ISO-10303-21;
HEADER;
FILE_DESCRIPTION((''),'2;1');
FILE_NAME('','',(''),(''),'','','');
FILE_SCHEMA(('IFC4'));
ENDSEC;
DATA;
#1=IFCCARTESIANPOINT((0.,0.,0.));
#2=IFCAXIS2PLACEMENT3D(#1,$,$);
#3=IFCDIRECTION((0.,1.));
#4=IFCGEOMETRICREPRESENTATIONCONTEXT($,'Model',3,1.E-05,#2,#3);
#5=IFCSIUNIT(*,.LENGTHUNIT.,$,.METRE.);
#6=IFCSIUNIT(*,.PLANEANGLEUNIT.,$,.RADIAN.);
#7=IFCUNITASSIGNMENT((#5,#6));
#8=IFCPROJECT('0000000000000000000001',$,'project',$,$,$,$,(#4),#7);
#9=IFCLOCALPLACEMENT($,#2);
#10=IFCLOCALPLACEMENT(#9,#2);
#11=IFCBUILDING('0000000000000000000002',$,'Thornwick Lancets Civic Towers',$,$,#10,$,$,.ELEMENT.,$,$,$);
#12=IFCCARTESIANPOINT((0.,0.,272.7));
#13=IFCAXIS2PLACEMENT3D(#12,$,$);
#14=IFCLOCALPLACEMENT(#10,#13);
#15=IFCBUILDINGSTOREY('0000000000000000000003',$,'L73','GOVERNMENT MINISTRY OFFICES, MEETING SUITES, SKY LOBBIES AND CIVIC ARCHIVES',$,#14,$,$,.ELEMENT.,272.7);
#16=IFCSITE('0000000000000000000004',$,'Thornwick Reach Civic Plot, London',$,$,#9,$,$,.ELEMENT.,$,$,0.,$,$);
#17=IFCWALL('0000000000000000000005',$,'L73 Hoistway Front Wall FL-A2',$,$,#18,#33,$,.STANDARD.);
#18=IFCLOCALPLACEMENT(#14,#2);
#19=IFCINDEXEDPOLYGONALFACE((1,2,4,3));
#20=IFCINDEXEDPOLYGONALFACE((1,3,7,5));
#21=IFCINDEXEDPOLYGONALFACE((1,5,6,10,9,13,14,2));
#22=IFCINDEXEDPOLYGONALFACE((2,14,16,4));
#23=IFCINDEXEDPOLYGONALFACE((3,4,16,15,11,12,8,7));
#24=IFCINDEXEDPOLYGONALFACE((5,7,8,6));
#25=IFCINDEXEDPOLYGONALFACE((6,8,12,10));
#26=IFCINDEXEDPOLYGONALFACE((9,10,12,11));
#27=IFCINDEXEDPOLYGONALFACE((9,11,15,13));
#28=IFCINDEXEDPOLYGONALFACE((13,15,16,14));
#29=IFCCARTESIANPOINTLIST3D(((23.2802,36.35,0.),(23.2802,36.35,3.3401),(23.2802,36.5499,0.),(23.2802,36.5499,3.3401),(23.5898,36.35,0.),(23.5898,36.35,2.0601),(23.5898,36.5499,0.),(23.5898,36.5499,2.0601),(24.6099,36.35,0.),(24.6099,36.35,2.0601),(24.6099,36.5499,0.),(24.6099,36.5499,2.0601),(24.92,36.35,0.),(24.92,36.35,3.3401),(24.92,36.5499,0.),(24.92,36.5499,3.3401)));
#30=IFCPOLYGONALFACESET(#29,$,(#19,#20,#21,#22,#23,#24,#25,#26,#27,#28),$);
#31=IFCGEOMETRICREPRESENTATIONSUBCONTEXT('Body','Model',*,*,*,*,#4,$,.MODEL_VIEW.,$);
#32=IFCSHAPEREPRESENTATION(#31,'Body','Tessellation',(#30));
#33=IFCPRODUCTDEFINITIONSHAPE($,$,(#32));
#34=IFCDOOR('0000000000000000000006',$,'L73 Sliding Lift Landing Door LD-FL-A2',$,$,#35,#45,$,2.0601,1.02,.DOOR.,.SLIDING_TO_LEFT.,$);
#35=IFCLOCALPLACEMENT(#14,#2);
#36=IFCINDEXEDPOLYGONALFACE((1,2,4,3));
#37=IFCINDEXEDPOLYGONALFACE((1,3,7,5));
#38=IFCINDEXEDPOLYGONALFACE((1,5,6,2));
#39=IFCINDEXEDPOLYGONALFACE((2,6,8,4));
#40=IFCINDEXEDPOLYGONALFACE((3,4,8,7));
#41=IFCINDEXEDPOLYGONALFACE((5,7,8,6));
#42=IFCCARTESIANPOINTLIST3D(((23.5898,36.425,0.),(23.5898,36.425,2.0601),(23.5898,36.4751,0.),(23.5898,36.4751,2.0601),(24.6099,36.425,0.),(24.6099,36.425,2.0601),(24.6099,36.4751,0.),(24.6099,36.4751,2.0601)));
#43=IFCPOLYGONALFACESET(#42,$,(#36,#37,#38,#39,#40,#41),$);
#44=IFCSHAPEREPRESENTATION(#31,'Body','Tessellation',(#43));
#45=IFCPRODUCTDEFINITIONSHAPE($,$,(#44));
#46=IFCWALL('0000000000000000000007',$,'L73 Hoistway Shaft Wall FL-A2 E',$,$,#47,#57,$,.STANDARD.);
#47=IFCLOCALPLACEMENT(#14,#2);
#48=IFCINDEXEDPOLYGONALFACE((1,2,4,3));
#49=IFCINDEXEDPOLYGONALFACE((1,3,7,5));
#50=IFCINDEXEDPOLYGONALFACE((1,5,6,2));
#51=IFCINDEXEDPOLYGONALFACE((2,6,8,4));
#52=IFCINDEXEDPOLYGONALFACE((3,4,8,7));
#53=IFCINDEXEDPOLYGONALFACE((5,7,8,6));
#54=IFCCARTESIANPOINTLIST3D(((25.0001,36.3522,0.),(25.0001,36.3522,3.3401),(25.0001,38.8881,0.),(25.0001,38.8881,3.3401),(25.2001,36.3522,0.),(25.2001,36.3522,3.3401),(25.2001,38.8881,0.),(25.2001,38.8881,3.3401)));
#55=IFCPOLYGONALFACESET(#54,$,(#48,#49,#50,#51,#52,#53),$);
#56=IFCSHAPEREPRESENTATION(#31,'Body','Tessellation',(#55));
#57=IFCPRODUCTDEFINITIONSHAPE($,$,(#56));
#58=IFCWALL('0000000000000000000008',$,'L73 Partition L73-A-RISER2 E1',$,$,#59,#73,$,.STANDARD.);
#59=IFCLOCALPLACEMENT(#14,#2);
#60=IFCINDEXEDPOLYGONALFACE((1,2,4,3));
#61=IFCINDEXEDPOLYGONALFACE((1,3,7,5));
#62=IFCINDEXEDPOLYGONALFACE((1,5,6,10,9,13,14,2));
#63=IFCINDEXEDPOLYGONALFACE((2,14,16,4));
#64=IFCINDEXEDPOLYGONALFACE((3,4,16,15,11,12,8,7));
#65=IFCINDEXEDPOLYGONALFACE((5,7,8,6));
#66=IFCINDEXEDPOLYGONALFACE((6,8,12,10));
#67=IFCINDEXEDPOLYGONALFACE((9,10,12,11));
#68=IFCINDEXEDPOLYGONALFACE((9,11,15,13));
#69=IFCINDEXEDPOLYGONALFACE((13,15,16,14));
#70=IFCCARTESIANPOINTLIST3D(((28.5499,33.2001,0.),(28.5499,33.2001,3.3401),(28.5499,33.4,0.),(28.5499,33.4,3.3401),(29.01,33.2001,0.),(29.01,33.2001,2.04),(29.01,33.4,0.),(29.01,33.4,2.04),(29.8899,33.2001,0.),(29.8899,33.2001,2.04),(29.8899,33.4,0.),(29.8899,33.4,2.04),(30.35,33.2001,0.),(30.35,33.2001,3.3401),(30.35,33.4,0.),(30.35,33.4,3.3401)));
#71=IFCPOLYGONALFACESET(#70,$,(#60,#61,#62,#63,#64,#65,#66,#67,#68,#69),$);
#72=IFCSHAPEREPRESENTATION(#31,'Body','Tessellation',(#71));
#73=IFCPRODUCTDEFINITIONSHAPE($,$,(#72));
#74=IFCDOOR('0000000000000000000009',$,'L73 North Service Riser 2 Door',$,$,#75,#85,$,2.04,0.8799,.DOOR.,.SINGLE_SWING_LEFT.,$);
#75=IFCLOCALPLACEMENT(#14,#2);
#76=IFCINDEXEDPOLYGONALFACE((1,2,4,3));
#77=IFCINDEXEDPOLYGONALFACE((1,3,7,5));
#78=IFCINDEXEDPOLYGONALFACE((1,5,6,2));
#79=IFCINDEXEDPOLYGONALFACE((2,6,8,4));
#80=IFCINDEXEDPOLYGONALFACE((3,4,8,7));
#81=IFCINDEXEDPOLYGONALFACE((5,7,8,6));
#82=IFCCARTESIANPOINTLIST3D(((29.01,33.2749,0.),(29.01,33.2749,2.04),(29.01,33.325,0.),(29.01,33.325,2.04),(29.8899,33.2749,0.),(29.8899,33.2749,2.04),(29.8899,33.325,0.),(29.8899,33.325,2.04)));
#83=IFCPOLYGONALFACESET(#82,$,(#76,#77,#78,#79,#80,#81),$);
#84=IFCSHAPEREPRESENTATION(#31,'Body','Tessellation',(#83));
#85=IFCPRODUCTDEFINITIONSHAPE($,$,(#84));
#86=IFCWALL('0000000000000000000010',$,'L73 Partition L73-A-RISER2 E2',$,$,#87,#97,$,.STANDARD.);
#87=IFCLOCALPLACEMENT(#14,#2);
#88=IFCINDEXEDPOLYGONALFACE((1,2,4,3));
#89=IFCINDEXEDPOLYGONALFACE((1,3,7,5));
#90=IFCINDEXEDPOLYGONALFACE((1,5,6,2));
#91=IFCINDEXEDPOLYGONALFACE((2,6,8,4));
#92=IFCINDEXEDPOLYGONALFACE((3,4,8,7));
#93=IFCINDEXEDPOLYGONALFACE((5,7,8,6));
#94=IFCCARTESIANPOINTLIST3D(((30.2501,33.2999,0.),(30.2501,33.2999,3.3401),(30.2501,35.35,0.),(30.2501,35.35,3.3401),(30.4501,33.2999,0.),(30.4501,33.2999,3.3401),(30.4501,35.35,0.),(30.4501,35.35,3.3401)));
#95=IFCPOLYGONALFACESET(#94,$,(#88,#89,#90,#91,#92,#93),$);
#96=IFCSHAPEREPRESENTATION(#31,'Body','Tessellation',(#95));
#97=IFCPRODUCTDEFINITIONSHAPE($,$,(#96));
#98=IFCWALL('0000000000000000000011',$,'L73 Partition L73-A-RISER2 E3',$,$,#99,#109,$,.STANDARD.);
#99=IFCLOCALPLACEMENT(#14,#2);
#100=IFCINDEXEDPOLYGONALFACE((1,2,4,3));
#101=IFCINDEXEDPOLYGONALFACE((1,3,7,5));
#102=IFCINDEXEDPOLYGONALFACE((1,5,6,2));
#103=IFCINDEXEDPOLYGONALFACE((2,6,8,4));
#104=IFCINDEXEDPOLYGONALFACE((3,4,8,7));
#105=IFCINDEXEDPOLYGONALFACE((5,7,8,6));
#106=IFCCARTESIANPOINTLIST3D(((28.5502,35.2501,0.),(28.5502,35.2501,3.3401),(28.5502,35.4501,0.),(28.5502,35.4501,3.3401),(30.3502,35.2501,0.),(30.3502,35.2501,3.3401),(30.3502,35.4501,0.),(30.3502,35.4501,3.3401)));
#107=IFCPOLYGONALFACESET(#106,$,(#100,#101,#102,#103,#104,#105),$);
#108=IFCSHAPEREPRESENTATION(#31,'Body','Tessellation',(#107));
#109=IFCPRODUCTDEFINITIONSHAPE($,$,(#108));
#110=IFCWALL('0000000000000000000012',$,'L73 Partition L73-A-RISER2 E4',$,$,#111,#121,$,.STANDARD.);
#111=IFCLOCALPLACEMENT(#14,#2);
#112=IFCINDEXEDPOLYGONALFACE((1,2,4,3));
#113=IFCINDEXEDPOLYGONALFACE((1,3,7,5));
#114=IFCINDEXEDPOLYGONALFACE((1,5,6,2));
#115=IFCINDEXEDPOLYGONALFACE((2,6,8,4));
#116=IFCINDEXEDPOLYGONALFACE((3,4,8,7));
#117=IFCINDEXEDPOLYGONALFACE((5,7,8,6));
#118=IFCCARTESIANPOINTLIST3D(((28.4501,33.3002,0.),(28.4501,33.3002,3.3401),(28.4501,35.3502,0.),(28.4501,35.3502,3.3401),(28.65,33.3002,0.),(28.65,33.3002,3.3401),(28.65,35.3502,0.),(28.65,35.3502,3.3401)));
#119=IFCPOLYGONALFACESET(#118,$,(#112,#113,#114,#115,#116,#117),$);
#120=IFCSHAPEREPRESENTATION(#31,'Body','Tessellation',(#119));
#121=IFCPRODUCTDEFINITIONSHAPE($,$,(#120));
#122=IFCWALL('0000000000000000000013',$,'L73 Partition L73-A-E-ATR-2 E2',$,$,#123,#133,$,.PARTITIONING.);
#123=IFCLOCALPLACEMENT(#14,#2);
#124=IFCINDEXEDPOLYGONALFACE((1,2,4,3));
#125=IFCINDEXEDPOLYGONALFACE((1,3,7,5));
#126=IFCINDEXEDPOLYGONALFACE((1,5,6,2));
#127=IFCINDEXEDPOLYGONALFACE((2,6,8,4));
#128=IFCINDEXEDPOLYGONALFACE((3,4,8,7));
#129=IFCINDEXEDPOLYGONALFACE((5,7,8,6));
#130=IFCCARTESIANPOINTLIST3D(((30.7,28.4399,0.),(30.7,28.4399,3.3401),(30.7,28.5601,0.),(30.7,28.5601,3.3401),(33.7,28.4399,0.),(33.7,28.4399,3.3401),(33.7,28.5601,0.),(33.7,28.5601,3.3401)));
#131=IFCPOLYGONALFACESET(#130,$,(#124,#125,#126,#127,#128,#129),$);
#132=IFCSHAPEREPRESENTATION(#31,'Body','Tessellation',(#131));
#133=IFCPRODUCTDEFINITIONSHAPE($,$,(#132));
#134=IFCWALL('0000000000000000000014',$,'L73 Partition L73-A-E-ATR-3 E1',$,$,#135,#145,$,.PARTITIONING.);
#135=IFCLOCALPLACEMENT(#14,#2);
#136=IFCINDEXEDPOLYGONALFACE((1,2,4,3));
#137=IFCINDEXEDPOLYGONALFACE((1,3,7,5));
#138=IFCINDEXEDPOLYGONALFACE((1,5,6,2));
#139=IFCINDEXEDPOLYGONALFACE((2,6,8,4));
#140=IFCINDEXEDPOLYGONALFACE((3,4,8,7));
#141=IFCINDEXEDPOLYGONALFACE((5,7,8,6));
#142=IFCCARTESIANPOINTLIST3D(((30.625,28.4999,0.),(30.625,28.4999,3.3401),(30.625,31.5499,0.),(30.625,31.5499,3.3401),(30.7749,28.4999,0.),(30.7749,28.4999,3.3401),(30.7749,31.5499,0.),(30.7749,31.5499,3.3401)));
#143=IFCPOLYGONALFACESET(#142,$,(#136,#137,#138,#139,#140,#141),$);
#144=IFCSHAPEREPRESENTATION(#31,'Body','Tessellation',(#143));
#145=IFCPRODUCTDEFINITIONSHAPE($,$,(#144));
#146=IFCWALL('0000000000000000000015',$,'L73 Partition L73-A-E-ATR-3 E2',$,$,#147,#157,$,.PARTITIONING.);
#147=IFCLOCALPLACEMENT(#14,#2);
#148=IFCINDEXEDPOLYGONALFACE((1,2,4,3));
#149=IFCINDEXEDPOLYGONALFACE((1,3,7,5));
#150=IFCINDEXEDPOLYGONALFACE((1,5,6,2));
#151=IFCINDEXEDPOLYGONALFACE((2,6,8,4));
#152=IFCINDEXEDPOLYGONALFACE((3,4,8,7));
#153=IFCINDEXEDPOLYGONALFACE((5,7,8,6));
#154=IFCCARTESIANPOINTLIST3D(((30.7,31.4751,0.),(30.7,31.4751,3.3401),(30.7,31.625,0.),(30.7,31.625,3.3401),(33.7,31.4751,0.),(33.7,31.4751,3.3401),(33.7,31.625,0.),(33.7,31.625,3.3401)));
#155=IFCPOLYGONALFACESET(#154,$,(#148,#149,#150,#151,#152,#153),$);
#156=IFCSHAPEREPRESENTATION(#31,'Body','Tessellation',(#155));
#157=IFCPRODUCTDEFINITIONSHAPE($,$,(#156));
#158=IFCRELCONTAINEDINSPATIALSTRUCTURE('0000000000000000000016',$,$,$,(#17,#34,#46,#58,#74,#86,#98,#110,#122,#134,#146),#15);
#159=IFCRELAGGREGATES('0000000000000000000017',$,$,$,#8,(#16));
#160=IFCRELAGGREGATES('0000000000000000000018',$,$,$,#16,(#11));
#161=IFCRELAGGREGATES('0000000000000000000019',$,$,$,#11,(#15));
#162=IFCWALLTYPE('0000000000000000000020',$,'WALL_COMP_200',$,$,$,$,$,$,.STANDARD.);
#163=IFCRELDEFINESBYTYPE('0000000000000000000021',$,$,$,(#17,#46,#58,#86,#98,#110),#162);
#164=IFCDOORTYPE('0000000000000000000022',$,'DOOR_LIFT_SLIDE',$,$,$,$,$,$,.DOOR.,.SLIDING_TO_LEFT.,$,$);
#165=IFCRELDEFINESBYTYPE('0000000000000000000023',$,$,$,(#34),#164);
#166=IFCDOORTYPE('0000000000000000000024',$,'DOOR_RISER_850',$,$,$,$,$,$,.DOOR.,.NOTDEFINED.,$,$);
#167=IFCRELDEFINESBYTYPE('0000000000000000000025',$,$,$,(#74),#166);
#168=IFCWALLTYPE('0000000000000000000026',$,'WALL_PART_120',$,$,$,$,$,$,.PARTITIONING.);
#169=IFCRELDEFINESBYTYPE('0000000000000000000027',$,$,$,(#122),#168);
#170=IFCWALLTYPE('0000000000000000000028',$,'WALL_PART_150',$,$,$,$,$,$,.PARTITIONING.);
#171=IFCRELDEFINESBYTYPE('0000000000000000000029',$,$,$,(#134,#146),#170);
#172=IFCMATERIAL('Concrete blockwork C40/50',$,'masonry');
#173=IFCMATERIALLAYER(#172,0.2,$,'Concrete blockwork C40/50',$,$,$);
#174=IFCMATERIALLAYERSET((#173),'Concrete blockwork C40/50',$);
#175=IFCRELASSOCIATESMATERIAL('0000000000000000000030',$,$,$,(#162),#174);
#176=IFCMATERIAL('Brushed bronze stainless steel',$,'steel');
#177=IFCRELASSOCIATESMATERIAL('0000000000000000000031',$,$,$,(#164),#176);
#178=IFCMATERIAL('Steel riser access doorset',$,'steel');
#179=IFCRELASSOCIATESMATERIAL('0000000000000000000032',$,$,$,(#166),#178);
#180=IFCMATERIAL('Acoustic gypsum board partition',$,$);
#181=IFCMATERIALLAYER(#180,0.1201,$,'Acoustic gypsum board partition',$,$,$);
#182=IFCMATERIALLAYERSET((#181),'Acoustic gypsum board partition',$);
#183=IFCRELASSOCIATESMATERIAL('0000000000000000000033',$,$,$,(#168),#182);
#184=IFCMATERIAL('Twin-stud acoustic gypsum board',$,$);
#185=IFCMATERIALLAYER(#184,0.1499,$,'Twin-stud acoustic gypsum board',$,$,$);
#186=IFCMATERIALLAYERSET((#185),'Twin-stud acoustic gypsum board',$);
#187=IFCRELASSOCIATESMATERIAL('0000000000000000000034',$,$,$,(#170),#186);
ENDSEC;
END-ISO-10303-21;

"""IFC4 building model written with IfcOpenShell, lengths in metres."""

from ifc_helpers import new_model, si_unit, direction, frame, frame_2d, origin, place, context, subcontext, project, spatial, rectangle, extrude, material, layer, layer_set, type_object, element, fill, save


model = new_model("IFC4")

# Units and contexts
model_context = context("Model", 3, precision=1e-05, world=origin(), true_north=direction((0.0, 1.0)))
body_context = subcontext(model_context, "Body", "Model", "MODEL_VIEW")
ifc_project = project(units=[si_unit("LENGTHUNIT", "METRE"), si_unit("PLANEANGLEUNIT", "RADIAN")], contexts=[model_context])

# Site, building, storey
site_placement = place(None, origin())
site = spatial("IfcSite", under=ifc_project, at=site_placement, Name="Thornwick Reach Civic Plot, London", CompositionType="ELEMENT", RefElevation=0.0)
building_placement = place(site_placement, origin())
building = spatial("IfcBuilding", under=site, at=building_placement, Name="Thornwick Lancets Civic Towers", CompositionType="ELEMENT")
storey_placement = place(building_placement, frame((0.0, 0.0, 272.7)))
storey = spatial("IfcBuildingStorey", under=building, at=storey_placement, Name="L73", Description="GOVERNMENT MINISTRY OFFICES, MEETING SUITES, SKY LOBBIES AND CIVIC ARCHIVES", CompositionType="ELEMENT", Elevation=272.7)

# Wall, opening, door
ifc_material_1 = material(Name="Concrete blockwork C40/50", Category="masonry")
ifc_layer_1 = layer(ifc_material_1, 0.2, Name="Concrete blockwork C40/50")
ifc_layer_set_1 = layer_set([ifc_layer_1], Name="Concrete blockwork C40/50")
wall_type_1 = type_object("IfcWallType", Name="WALL_COMP_200", PredefinedType="STANDARD", material=ifc_layer_set_1)
wall_1_placement = place(storey_placement, frame((24.9199, 36.45, 0.0), z_axis=(0.0, 0.0, 1.0), x_axis=(-1.0, 0.0, 0.0)))
wall_1 = element("IfcWall", 1, at=wall_1_placement, inside=storey, type_object=wall_type_1, Name="L73 Hoistway Front Wall FL-A2", PredefinedType="STANDARD", context=body_context, shape_type="SweptSolid", body=[
    extrude(rectangle(XDim=1.6399, YDim=0.2, at=frame_2d((0.8198, 0.0))), origin(), (0.0, 0.0, 1.0), 3.3401),
])
opening_1_placement = place(wall_1_placement, frame((0.3101, 0.0, 0.0)))
opening_1 = element("IfcOpeningElement", 2, at=opening_1_placement, cuts=wall_1, PredefinedType="OPENING", context=body_context, shape_type="SweptSolid", body=[
    extrude(rectangle(XDim=1.02, YDim=2.0601, at=frame_2d((0.51, 1.03))), frame((0.0, 0.1099, 0.0), z_axis=(0.0, -1.0, 0.0), x_axis=(1.0, 0.0, 0.0)), (0.0, 0.0, 1.0), 0.22),
])
ifc_material_2 = material(Name="Brushed bronze stainless steel", Category="steel")
door_type_1 = type_object("IfcDoorType", Name="DOOR_LIFT_SLIDE", OperationType="SLIDING_TO_LEFT", PredefinedType="DOOR", material=ifc_material_2)
door_1_placement = place(opening_1_placement, origin())
door_1 = element("IfcDoor", 3, at=door_1_placement, inside=storey, type_object=door_type_1, Name="L73 Sliding Lift Landing Door LD-FL-A2", OperationType="SLIDING_TO_LEFT", OverallHeight=2.0601, OverallWidth=1.02, PredefinedType="DOOR", context=body_context, shape_type="SweptSolid", body=[
    extrude(rectangle(XDim=1.02, YDim=2.0601, at=frame_2d((0.51, 1.03))), frame((0.0, 0.0249, 0.0), z_axis=(0.0, -1.0, 0.0), x_axis=(1.0, 0.0, 0.0)), (0.0, 0.0, 1.0), 0.05),
])
fill(opening_1, door_1)

# Wall
wall_2_placement = place(storey_placement, frame((25.1001, 36.3521, 0.0), z_axis=(0.0, 0.0, 1.0), x_axis=(0.0, 1.0, 0.0)))
element("IfcWall", 4, at=wall_2_placement, inside=storey, type_object=wall_type_1, Name="L73 Hoistway Shaft Wall FL-A2 E", PredefinedType="STANDARD", context=body_context, shape_type="SweptSolid", body=[
    extrude(rectangle(XDim=2.5359, YDim=0.2, at=frame_2d((1.2681, 0.0))), origin(), (0.0, 0.0, 1.0), 3.3401),
])

# Wall, opening, door
wall_3_placement = place(storey_placement, frame((28.55, 33.3, 0.0), z_axis=(0.0, 0.0, 1.0), x_axis=(1.0, 0.0, 0.0)))
wall_3 = element("IfcWall", 5, at=wall_3_placement, inside=storey, type_object=wall_type_1, Name="L73 Partition L73-A-RISER2 E1", PredefinedType="STANDARD", context=body_context, shape_type="SweptSolid", body=[
    extrude(rectangle(XDim=1.8, YDim=0.2, at=frame_2d((0.8999, 0.0))), origin(), (0.0, 0.0, 1.0), 3.3401),
])
opening_2_placement = place(wall_3_placement, frame((0.46, 0.0, 0.0)))
opening_2 = element("IfcOpeningElement", 6, at=opening_2_placement, cuts=wall_3, PredefinedType="OPENING", context=body_context, shape_type="SweptSolid", body=[
    extrude(rectangle(XDim=0.8799, YDim=2.04, at=frame_2d((0.4399, 1.02))), frame((0.0, 0.1099, 0.0), z_axis=(0.0, -1.0, 0.0), x_axis=(1.0, 0.0, 0.0)), (0.0, 0.0, 1.0), 0.22),
])
ifc_material_3 = material(Name="Steel riser access doorset", Category="steel")
door_type_2 = type_object("IfcDoorType", Name="DOOR_RISER_850", OperationType="NOTDEFINED", PredefinedType="DOOR", material=ifc_material_3)
door_2_placement = place(opening_2_placement, origin())
door_2 = element("IfcDoor", 7, at=door_2_placement, inside=storey, type_object=door_type_2, Name="L73 North Service Riser 2 Door", OperationType="SINGLE_SWING_LEFT", OverallHeight=2.04, OverallWidth=0.8799, PredefinedType="DOOR", context=body_context, shape_type="SweptSolid", body=[
    extrude(rectangle(XDim=0.8799, YDim=2.04, at=frame_2d((0.4399, 1.02))), frame((0.0, 0.0249, 0.0), z_axis=(0.0, -1.0, 0.0), x_axis=(1.0, 0.0, 0.0)), (0.0, 0.0, 1.0), 0.05),
])
fill(opening_2, door_2)

# Walls
wall_4_placement = place(storey_placement, frame((30.3501, 33.3, 0.0), z_axis=(0.0, 0.0, 1.0), x_axis=(0.0, 1.0, 0.0)))
element("IfcWall", 8, at=wall_4_placement, inside=storey, type_object=wall_type_1, Name="L73 Partition L73-A-RISER2 E2", PredefinedType="STANDARD", context=body_context, shape_type="SweptSolid", body=[
    extrude(rectangle(XDim=2.05, YDim=0.2, at=frame_2d((1.0249, 0.0))), origin(), (0.0, 0.0, 1.0), 3.3401),
])
wall_5_placement = place(storey_placement, frame((30.3501, 35.3501, 0.0), z_axis=(0.0, 0.0, 1.0), x_axis=(-1.0, 0.0, 0.0)))
element("IfcWall", 9, at=wall_5_placement, inside=storey, type_object=wall_type_1, Name="L73 Partition L73-A-RISER2 E3", PredefinedType="STANDARD", context=body_context, shape_type="SweptSolid", body=[
    extrude(rectangle(XDim=1.8, YDim=0.2, at=frame_2d((0.8999, 0.0))), origin(), (0.0, 0.0, 1.0), 3.3401),
])
wall_6_placement = place(storey_placement, frame((28.55, 35.3501, 0.0), z_axis=(0.0, 0.0, 1.0), x_axis=(0.0, -1.0, 0.0)))
element("IfcWall", 10, at=wall_6_placement, inside=storey, type_object=wall_type_1, Name="L73 Partition L73-A-RISER2 E4", PredefinedType="STANDARD", context=body_context, shape_type="SweptSolid", body=[
    extrude(rectangle(XDim=2.05, YDim=0.2, at=frame_2d((1.0249, 0.0))), origin(), (0.0, 0.0, 1.0), 3.3401),
])
ifc_material_4 = material(Name="Acoustic gypsum board partition")
ifc_layer_2 = layer(ifc_material_4, 0.1201, Name="Acoustic gypsum board partition")
ifc_layer_set_2 = layer_set([ifc_layer_2], Name="Acoustic gypsum board partition")
wall_type_2 = type_object("IfcWallType", Name="WALL_PART_120", PredefinedType="PARTITIONING", material=ifc_layer_set_2)
wall_7_placement = place(storey_placement, frame((30.7, 28.5, 0.0), z_axis=(0.0, 0.0, 1.0), x_axis=(1.0, 0.0, 0.0)))
element("IfcWall", 11, at=wall_7_placement, inside=storey, type_object=wall_type_2, Name="L73 Partition L73-A-E-ATR-2 E2", PredefinedType="PARTITIONING", context=body_context, shape_type="SweptSolid", body=[
    extrude(rectangle(XDim=3.0, YDim=0.1201, at=frame_2d((1.5, 0.0))), origin(), (0.0, 0.0, 1.0), 3.3401),
])
ifc_material_5 = material(Name="Twin-stud acoustic gypsum board")
ifc_layer_3 = layer(ifc_material_5, 0.1499, Name="Twin-stud acoustic gypsum board")
ifc_layer_set_3 = layer_set([ifc_layer_3], Name="Twin-stud acoustic gypsum board")
wall_type_3 = type_object("IfcWallType", Name="WALL_PART_150", PredefinedType="PARTITIONING", material=ifc_layer_set_3)
wall_8_placement = place(storey_placement, frame((30.7, 28.5, 0.0), z_axis=(0.0, 0.0, 1.0), x_axis=(0.0, 1.0, 0.0)))
element("IfcWall", 12, at=wall_8_placement, inside=storey, type_object=wall_type_3, Name="L73 Partition L73-A-E-ATR-3 E1", PredefinedType="PARTITIONING", context=body_context, shape_type="SweptSolid", body=[
    extrude(rectangle(XDim=3.05, YDim=0.1499, at=frame_2d((1.5249, 0.0))), origin(), (0.0, 0.0, 1.0), 3.3401),
])
wall_9_placement = place(storey_placement, frame((30.7, 31.55, 0.0), z_axis=(0.0, 0.0, 1.0), x_axis=(1.0, 0.0, 0.0)))
element("IfcWall", 13, at=wall_9_placement, inside=storey, type_object=wall_type_3, Name="L73 Partition L73-A-E-ATR-3 E2", PredefinedType="PARTITIONING", context=body_context, shape_type="SweptSolid", body=[
    extrude(rectangle(XDim=3.0, YDim=0.1499, at=frame_2d((1.5, 0.0))), origin(), (0.0, 0.0, 1.0), 3.3401),
])

save(model, "model.ifc")
